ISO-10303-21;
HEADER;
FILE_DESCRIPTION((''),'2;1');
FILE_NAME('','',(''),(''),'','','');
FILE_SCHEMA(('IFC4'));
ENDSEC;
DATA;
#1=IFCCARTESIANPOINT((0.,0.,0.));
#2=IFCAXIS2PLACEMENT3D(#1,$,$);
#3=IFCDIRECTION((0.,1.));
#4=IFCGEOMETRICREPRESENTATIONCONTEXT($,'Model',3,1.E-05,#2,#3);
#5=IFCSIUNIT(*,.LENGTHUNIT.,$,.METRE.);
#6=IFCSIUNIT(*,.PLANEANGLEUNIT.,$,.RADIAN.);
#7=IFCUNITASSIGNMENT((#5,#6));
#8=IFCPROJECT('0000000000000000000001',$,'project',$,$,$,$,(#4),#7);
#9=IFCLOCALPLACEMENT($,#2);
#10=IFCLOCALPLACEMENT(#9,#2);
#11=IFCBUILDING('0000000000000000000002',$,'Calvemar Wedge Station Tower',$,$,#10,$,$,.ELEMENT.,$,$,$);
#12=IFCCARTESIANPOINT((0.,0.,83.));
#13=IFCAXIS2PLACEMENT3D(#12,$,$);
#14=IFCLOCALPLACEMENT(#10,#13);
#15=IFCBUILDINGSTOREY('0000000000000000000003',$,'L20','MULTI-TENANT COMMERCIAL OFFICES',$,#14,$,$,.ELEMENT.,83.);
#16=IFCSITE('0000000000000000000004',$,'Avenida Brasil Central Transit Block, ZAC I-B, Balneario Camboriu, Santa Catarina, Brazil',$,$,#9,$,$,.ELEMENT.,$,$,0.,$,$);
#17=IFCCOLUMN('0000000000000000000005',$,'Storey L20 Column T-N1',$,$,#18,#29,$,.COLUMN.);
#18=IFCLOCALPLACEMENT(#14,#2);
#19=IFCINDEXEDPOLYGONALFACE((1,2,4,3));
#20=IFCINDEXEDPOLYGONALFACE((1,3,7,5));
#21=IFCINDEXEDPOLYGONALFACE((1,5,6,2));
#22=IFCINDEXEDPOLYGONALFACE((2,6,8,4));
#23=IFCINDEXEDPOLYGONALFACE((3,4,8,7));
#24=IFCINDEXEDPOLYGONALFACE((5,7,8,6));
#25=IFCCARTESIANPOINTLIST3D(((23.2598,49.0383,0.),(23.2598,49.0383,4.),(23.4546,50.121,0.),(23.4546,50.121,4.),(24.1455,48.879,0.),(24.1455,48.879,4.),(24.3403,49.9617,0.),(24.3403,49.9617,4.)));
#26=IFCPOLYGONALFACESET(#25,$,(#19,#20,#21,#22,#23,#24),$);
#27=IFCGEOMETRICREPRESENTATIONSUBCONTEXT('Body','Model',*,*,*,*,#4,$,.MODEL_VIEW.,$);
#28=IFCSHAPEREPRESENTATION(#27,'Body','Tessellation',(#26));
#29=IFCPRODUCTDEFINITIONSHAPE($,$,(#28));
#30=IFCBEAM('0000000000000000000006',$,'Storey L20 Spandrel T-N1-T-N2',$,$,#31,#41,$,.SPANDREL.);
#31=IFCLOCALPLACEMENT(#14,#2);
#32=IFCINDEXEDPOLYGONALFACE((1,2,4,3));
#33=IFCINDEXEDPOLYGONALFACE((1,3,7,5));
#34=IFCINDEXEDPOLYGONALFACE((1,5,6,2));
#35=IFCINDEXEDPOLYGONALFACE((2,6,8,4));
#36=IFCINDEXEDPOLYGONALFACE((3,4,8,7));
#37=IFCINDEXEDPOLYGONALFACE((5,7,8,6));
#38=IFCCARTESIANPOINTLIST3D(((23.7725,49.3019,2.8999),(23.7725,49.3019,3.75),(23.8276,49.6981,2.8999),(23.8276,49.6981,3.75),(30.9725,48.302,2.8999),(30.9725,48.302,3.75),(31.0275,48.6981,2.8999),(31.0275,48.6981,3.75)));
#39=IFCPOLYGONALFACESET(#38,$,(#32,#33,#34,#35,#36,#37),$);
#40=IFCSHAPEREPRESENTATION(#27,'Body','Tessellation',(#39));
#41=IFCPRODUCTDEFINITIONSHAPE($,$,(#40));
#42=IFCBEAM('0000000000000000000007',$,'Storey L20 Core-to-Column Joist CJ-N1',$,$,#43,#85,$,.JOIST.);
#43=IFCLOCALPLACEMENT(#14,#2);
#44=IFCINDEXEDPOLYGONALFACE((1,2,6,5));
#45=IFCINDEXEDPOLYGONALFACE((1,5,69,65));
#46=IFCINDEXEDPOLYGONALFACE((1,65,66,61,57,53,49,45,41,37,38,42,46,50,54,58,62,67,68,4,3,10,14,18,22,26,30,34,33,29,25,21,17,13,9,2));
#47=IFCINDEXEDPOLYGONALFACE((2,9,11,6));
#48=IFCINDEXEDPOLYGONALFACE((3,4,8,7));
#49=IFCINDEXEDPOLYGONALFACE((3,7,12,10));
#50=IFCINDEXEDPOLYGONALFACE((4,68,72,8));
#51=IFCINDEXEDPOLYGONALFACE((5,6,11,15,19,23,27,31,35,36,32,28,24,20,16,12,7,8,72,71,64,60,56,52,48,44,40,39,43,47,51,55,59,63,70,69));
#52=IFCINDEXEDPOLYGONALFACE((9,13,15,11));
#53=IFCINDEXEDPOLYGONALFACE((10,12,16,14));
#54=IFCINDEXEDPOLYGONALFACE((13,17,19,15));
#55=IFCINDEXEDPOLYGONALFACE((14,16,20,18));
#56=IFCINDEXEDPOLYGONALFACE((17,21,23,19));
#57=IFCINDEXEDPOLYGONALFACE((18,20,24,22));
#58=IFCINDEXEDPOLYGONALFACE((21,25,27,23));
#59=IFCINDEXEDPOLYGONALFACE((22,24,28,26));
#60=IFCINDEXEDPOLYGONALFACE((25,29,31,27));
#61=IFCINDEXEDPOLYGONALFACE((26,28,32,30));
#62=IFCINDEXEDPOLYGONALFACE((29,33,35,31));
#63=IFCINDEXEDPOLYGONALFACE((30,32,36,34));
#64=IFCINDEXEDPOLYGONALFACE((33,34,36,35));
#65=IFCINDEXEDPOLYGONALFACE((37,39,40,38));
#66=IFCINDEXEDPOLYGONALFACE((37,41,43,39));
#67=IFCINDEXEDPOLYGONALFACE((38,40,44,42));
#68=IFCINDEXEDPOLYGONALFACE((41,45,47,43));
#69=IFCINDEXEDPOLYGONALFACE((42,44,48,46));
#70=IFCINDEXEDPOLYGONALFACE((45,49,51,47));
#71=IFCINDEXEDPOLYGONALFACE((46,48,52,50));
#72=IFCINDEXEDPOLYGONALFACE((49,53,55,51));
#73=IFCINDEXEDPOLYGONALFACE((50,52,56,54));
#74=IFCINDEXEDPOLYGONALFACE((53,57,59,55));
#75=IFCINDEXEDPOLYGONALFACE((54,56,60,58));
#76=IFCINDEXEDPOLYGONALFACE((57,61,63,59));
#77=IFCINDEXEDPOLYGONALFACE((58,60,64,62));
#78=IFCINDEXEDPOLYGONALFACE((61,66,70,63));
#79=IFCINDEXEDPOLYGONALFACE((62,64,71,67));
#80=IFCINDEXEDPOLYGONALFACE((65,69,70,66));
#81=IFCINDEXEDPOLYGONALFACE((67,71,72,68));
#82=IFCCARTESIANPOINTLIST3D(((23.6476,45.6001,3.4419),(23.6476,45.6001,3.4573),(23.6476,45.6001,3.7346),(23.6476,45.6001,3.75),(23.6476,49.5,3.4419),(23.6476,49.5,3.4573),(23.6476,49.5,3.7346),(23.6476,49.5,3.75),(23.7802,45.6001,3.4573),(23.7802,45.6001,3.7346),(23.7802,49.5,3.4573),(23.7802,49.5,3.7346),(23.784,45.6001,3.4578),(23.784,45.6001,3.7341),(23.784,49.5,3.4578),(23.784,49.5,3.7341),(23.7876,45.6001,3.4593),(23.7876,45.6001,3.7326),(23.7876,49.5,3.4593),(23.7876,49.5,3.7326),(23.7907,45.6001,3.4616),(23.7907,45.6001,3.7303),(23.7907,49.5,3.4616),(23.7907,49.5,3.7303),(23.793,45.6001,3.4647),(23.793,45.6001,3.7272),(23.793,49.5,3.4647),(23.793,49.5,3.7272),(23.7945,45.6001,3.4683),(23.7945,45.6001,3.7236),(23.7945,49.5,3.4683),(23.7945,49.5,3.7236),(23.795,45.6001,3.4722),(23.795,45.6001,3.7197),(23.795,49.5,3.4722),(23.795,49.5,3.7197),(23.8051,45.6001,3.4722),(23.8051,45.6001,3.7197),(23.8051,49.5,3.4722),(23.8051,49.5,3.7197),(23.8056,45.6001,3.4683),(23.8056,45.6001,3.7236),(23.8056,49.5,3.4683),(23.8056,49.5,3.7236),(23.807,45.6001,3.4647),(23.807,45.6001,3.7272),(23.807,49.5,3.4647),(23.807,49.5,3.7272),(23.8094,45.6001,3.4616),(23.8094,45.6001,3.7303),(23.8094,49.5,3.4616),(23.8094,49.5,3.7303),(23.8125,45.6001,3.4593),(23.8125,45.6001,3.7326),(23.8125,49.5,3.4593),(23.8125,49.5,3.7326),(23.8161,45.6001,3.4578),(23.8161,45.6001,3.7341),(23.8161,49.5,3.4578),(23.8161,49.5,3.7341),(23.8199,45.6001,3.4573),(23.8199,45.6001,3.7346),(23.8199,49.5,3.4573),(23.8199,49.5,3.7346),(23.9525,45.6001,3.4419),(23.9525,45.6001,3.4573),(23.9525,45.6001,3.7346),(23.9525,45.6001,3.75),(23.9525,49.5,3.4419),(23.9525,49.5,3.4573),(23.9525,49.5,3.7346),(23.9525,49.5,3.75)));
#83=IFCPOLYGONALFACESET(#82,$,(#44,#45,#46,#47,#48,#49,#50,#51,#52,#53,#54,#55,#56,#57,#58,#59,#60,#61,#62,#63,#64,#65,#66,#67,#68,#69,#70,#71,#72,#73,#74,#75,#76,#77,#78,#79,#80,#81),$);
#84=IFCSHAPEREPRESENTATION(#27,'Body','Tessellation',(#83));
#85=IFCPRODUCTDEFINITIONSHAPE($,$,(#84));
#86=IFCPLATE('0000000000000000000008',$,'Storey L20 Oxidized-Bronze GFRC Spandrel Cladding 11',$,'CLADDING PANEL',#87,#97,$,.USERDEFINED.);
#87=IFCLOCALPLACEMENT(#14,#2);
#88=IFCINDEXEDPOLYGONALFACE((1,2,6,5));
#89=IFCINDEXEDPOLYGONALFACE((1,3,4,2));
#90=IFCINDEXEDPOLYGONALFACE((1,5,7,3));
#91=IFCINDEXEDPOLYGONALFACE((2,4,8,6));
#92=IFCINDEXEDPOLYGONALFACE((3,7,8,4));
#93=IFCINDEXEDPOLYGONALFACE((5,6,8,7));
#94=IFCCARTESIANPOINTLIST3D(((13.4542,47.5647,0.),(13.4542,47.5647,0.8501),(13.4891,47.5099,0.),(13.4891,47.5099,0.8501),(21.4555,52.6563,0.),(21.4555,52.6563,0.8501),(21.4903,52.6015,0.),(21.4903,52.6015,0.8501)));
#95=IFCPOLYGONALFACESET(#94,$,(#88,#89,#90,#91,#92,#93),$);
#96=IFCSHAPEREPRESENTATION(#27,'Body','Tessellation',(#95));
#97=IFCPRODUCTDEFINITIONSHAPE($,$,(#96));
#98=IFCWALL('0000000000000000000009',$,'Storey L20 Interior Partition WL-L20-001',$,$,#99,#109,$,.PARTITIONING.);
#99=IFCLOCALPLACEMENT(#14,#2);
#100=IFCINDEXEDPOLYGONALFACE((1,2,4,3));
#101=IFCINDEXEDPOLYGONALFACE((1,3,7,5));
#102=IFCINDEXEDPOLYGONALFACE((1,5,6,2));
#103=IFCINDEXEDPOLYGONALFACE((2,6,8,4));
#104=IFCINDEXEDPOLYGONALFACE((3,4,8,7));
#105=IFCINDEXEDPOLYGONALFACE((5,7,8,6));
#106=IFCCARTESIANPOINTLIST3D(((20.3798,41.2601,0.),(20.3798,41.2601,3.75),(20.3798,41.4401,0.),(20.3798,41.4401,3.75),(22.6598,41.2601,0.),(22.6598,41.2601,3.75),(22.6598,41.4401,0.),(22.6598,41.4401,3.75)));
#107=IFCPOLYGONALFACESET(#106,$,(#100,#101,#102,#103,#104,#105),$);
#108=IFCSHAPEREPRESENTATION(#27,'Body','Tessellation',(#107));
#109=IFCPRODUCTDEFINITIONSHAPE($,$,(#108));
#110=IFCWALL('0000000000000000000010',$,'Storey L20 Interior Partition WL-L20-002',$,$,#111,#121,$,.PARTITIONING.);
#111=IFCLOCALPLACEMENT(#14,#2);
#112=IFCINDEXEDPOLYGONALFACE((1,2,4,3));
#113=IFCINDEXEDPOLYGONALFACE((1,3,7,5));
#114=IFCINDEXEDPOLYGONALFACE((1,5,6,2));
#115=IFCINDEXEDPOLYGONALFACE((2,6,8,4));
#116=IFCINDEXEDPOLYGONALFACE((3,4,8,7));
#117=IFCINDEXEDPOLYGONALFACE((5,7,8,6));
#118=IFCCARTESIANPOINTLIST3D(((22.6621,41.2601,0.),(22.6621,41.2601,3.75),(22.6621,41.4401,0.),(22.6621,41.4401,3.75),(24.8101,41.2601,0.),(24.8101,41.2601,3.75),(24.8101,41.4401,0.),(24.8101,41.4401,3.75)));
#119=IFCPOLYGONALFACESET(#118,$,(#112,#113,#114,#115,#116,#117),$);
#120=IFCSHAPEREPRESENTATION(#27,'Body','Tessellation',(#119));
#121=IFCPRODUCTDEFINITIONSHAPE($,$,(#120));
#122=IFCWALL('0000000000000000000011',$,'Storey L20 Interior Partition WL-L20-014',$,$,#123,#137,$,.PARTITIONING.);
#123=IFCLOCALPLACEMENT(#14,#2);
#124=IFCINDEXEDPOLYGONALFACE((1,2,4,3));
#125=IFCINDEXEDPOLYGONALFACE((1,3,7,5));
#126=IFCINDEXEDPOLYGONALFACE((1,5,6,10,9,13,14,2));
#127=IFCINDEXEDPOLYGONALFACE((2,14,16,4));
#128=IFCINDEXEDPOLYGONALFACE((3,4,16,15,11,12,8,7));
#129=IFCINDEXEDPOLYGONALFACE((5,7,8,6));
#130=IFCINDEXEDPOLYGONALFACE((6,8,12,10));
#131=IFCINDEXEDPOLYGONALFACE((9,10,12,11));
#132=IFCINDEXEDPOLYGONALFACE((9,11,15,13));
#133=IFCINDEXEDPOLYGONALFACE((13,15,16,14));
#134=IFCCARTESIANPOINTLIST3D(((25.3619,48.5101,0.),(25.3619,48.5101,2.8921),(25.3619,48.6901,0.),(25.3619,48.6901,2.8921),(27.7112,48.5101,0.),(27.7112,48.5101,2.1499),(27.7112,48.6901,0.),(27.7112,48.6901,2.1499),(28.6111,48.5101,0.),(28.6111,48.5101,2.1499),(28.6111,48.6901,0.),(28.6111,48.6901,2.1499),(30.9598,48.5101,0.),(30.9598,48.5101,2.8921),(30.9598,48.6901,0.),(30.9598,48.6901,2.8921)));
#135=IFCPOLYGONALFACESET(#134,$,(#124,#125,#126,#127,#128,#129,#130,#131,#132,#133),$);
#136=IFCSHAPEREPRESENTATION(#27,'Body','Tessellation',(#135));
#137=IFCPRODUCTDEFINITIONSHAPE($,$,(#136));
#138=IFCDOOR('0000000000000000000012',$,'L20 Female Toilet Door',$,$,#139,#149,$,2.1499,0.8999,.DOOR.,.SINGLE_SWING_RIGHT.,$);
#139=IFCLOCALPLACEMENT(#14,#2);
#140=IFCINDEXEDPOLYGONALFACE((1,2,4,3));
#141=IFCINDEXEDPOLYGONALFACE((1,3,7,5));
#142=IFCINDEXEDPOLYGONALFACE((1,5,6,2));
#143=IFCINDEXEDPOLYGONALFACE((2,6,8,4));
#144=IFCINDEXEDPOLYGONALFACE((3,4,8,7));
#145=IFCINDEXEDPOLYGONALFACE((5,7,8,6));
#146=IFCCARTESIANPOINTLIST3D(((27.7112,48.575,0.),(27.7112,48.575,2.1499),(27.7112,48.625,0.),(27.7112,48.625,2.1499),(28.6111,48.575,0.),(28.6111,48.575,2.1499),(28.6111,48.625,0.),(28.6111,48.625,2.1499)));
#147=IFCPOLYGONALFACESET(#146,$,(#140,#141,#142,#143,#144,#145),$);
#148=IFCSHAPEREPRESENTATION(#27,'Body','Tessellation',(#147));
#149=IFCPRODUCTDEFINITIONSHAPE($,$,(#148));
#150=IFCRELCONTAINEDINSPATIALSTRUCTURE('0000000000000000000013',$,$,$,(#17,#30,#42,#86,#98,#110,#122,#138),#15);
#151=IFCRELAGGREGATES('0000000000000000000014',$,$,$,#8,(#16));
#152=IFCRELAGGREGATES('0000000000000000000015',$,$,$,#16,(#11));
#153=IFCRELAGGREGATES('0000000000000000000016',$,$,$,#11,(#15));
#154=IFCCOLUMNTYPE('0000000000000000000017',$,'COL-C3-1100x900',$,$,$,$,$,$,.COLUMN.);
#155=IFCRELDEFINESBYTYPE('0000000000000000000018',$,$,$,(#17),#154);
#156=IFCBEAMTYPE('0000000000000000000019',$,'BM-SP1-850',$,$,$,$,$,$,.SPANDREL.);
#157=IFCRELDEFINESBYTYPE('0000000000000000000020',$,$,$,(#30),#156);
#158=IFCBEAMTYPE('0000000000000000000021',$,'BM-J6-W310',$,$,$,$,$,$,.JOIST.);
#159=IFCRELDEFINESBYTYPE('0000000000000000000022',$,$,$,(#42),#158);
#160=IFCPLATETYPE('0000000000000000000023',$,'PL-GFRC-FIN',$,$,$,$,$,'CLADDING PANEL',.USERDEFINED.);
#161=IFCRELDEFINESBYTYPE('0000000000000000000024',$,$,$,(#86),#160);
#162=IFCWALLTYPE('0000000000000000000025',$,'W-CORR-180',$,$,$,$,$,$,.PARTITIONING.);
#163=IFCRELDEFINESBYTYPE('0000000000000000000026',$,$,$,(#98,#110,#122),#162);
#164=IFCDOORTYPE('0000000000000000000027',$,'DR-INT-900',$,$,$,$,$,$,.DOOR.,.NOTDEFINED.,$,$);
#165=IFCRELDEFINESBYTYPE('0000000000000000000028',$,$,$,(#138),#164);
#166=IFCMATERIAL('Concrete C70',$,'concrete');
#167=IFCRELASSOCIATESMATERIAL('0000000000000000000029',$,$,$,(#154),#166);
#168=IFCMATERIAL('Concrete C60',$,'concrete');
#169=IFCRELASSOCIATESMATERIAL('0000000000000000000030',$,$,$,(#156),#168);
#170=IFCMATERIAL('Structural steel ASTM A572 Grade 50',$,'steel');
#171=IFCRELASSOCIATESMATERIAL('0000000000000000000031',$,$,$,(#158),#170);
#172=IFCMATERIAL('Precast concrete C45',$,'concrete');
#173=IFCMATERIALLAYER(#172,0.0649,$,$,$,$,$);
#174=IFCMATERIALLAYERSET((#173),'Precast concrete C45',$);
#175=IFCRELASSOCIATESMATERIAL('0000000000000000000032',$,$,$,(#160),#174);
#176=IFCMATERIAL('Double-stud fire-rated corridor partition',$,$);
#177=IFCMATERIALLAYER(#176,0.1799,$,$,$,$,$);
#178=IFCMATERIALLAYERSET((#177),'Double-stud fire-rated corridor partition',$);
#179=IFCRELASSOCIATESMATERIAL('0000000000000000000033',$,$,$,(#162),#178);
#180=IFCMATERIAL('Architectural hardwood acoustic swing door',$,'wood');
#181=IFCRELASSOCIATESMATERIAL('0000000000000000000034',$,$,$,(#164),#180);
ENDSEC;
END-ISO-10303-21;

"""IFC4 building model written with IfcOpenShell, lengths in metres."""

from ifc_helpers import new_model, si_unit, direction, frame, frame_2d, origin, origin_2d, place, context, subcontext, project, spatial, rectangle, i_section, extrude, source, transform, mapped, material, layer, layer_set, material_profile, profile_set, type_object, element, fill, save


model = new_model("IFC4")

# Units and contexts
model_context = context("Model", 3, precision=1e-05, world=origin(), true_north=direction((0.0, 1.0)))
body_context = subcontext(model_context, "Body", "Model", "MODEL_VIEW")
ifc_project = project(units=[si_unit("LENGTHUNIT", "METRE"), si_unit("PLANEANGLEUNIT", "RADIAN")], contexts=[model_context])

# Site, building, storey
site_placement = place(None, origin())
site = spatial("IfcSite", under=ifc_project, at=site_placement, Name="Avenida Brasil Central Transit Block, ZAC I-B, Balneario Camboriu, Santa Catarina, Brazil", CompositionType="ELEMENT", RefElevation=0.0)
building_placement = place(site_placement, origin())
building = spatial("IfcBuilding", under=site, at=building_placement, Name="Calvemar Wedge Station Tower", CompositionType="ELEMENT")
storey_placement = place(building_placement, frame((0.0, 0.0, 83.0)))
storey = spatial("IfcBuildingStorey", under=building, at=storey_placement, Name="L20", Description="MULTI-TENANT COMMERCIAL OFFICES", CompositionType="ELEMENT", Elevation=83.0)

# Column
ifc_material_1 = material(Name="Concrete C70", Category="concrete")
ifc_material_profile_1 = material_profile(ifc_material_1, rectangle(XDim=0.8999, YDim=1.1001, at=origin_2d()), Name="RC1100x900")
ifc_profile_set_1 = profile_set([ifc_material_profile_1], Name="Concrete C70")
column_type = type_object("IfcColumnType", Name="COL-C3-1100x900", PredefinedType="COLUMN", material=ifc_profile_set_1)
shared_shape_1 = source(origin(), body_context, "Body", "SweptSolid", [
    extrude(rectangle(XDim=0.8999, YDim=1.1001, at=origin_2d()), origin(), (0.0, 0.0, 1.0), 4.0),
])
column_placement = place(storey_placement, frame((23.8, 49.5, 0.0), z_axis=(0.0, 0.0, 1.0), x_axis=(0.984196, -0.177085, 0.0)))
element("IfcColumn", 1, at=column_placement, inside=storey, type_object=column_type, Name="Storey L20 Column T-N1", PredefinedType="COLUMN", context=body_context, shape_type="MappedRepresentation", body=[
    mapped(shared_shape_1, transform((0.0, 0.0, 0.0), scale=1.0)),
])

# Beams
ifc_material_2 = material(Name="Concrete C60", Category="concrete")
ifc_material_profile_2 = material_profile(ifc_material_2, rectangle(XDim=0.3999, YDim=0.8501, at=origin_2d()), Name="RC400x850")
ifc_profile_set_2 = profile_set([ifc_material_profile_2], Name="Concrete C60")
beam_type_1 = type_object("IfcBeamType", Name="BM-SP1-850", PredefinedType="SPANDREL", material=ifc_profile_set_2)
shared_shape_2 = source(origin(), body_context, "Body", "SweptSolid", [
    extrude(rectangle(XDim=0.3999, YDim=0.8501, at=origin_2d()), origin(), (0.0, 0.0, 1.0), 7.269),
])
beam_1_placement = place(storey_placement, frame((23.8, 49.5, 3.325), z_axis=(0.990492, -0.137569, 0.0), x_axis=(0.137569, 0.990492, 0.0)))
element("IfcBeam", 2, at=beam_1_placement, inside=storey, type_object=beam_type_1, Name="Storey L20 Spandrel T-N1-T-N2", PredefinedType="SPANDREL", context=body_context, shape_type="MappedRepresentation", body=[
    mapped(shared_shape_2, transform((0.0, 0.0, 0.0), scale=1.0)),
])
ifc_material_3 = material(Name="Structural steel ASTM A572 Grade 50", Category="steel")
ifc_material_profile_3 = material_profile(ifc_material_3, i_section(OverallWidth=0.3049, OverallDepth=0.3081, WebThickness=0.01, FlangeThickness=0.0154, FilletRadius=0.0149, at=origin_2d()), Name="W310x97")
ifc_profile_set_3 = profile_set([ifc_material_profile_3], Name="Structural steel ASTM A572 Grade 50")
beam_type_2 = type_object("IfcBeamType", Name="BM-J6-W310", PredefinedType="JOIST", material=ifc_profile_set_3)
shared_shape_3 = source(origin(), body_context, "Body", "SweptSolid", [
    extrude(i_section(OverallWidth=0.3049, OverallDepth=0.3081, WebThickness=0.01, FlangeThickness=0.0154, FilletRadius=0.0149, at=origin_2d()), origin(), (0.0, 0.0, 1.0), 3.8999),
])
beam_2_placement = place(storey_placement, frame((23.8, 45.6001, 3.5959), z_axis=(0.0, 1.0, 0.0), x_axis=(-1.0, 0.0, 0.0)))
element("IfcBeam", 3, at=beam_2_placement, inside=storey, type_object=beam_type_2, Name="Storey L20 Core-to-Column Joist CJ-N1", PredefinedType="JOIST", context=body_context, shape_type="MappedRepresentation", body=[
    mapped(shared_shape_3, transform((0.0, 0.0, 0.0), scale=1.0)),
])

# Plate
ifc_material_4 = material(Name="Precast concrete C45", Category="concrete")
ifc_layer_1 = layer(ifc_material_4, 0.0649)
ifc_layer_set_1 = layer_set([ifc_layer_1], Name="Precast concrete C45")
plate_type = type_object("IfcPlateType", Name="PL-GFRC-FIN", ElementType="CLADDING PANEL", PredefinedType="USERDEFINED", material=ifc_layer_set_1)
plate_placement = place(storey_placement, frame((21.4729, 52.6289, 0.0), z_axis=(0.0, 0.0, 1.0), x_axis=(-0.843668, -0.536865, 0.0)))
element("IfcPlate", 4, at=plate_placement, inside=storey, type_object=plate_type, Name="Storey L20 Oxidized-Bronze GFRC Spandrel Cladding 11", ObjectType="CLADDING PANEL", PredefinedType="USERDEFINED", context=body_context, shape_type="SweptSolid", body=[
    extrude(rectangle(XDim=9.4839, YDim=0.0649, at=frame_2d((4.7419, 0.0))), origin(), (0.0, 0.0, 1.0), 0.8501),
])

# Walls
ifc_material_5 = material(Name="Double-stud fire-rated corridor partition")
ifc_layer_2 = layer(ifc_material_5, 0.1799)
ifc_layer_set_2 = layer_set([ifc_layer_2], Name="Double-stud fire-rated corridor partition")
wall_type_1 = type_object("IfcWallType", Name="W-CORR-180", PredefinedType="PARTITIONING", material=ifc_layer_set_2)
wall_1_placement = place(storey_placement, frame((22.6599, 41.3501, 0.0), z_axis=(0.0, 0.0, 1.0), x_axis=(-1.0, 0.0, 0.0)))
element("IfcWall", 5, at=wall_1_placement, inside=storey, type_object=wall_type_1, Name="Storey L20 Interior Partition WL-L20-001", PredefinedType="PARTITIONING", context=body_context, shape_type="SweptSolid", body=[
    extrude(rectangle(XDim=2.28, YDim=0.1799, at=frame_2d((1.1401, 0.0))), origin(), (0.0, 0.0, 1.0), 3.75),
])
wall_2_placement = place(storey_placement, frame((24.8101, 41.3501, 0.0), z_axis=(0.0, 0.0, 1.0), x_axis=(-1.0, 0.0, 0.0)))
element("IfcWall", 6, at=wall_2_placement, inside=storey, type_object=wall_type_1, Name="Storey L20 Interior Partition WL-L20-002", PredefinedType="PARTITIONING", context=body_context, shape_type="SweptSolid", body=[
    extrude(rectangle(XDim=2.1479, YDim=0.1799, at=frame_2d((1.074, 0.0))), origin(), (0.0, 0.0, 1.0), 3.75),
])

# Wall, opening, door
wall_3_placement = place(storey_placement, frame((25.3621, 48.6001, 0.0), z_axis=(0.0, 0.0, 1.0), x_axis=(1.0, 0.0, 0.0)))
wall_3 = element("IfcWall", 7, at=wall_3_placement, inside=storey, type_object=wall_type_1, Name="Storey L20 Interior Partition WL-L20-014", PredefinedType="PARTITIONING", context=body_context, shape_type="SweptSolid", body=[
    extrude(rectangle(XDim=5.5979, YDim=0.1799, at=frame_2d((2.7988, 0.0))), origin(), (0.0, 0.0, 1.0), 2.8921),
])
shared_shape_4 = source(origin(), body_context, "Body", "SweptSolid", [
    extrude(rectangle(XDim=0.8999, YDim=2.1499, at=frame_2d((0.45, 1.075))), frame((0.0, 0.1001, 0.0), z_axis=(0.0, -1.0, 0.0), x_axis=(1.0, 0.0, 0.0)), (0.0, 0.0, 1.0), 0.2),
])
opening_1_placement = place(wall_3_placement, frame((2.3491, 0.0, 0.0)))
opening_1 = element("IfcOpeningElement", 8, at=opening_1_placement, cuts=wall_3, PredefinedType="OPENING", context=body_context, shape_type="MappedRepresentation", body=[
    mapped(shared_shape_4, transform((0.0, 0.0, 0.0), scale=1.0)),
])
ifc_material_6 = material(Name="Architectural hardwood acoustic swing door", Category="wood")
door_type_1 = type_object("IfcDoorType", Name="DR-INT-900", OperationType="NOTDEFINED", PredefinedType="DOOR", material=ifc_material_6)
shared_shape_5 = source(origin(), body_context, "Body", "SweptSolid", [
    extrude(rectangle(XDim=0.8999, YDim=2.1499, at=frame_2d((0.45, 1.075))), frame((0.0, 0.0249, 0.0), z_axis=(0.0, -1.0, 0.0), x_axis=(1.0, 0.0, 0.0)), (0.0, 0.0, 1.0), 0.05),
])
door_1_placement = place(opening_1_placement, origin())
door_1 = element("IfcDoor", 9, at=door_1_placement, inside=storey, type_object=door_type_1, Name="L20 Female Toilet Door", OperationType="SINGLE_SWING_RIGHT", OverallHeight=2.1499, OverallWidth=0.8999, PredefinedType="DOOR", context=body_context, shape_type="MappedRepresentation", body=[
    mapped(shared_shape_5, transform((0.0, 0.0, 0.0), scale=1.0)),
])
fill(opening_1, door_1)

save(model, "model.ifc")
